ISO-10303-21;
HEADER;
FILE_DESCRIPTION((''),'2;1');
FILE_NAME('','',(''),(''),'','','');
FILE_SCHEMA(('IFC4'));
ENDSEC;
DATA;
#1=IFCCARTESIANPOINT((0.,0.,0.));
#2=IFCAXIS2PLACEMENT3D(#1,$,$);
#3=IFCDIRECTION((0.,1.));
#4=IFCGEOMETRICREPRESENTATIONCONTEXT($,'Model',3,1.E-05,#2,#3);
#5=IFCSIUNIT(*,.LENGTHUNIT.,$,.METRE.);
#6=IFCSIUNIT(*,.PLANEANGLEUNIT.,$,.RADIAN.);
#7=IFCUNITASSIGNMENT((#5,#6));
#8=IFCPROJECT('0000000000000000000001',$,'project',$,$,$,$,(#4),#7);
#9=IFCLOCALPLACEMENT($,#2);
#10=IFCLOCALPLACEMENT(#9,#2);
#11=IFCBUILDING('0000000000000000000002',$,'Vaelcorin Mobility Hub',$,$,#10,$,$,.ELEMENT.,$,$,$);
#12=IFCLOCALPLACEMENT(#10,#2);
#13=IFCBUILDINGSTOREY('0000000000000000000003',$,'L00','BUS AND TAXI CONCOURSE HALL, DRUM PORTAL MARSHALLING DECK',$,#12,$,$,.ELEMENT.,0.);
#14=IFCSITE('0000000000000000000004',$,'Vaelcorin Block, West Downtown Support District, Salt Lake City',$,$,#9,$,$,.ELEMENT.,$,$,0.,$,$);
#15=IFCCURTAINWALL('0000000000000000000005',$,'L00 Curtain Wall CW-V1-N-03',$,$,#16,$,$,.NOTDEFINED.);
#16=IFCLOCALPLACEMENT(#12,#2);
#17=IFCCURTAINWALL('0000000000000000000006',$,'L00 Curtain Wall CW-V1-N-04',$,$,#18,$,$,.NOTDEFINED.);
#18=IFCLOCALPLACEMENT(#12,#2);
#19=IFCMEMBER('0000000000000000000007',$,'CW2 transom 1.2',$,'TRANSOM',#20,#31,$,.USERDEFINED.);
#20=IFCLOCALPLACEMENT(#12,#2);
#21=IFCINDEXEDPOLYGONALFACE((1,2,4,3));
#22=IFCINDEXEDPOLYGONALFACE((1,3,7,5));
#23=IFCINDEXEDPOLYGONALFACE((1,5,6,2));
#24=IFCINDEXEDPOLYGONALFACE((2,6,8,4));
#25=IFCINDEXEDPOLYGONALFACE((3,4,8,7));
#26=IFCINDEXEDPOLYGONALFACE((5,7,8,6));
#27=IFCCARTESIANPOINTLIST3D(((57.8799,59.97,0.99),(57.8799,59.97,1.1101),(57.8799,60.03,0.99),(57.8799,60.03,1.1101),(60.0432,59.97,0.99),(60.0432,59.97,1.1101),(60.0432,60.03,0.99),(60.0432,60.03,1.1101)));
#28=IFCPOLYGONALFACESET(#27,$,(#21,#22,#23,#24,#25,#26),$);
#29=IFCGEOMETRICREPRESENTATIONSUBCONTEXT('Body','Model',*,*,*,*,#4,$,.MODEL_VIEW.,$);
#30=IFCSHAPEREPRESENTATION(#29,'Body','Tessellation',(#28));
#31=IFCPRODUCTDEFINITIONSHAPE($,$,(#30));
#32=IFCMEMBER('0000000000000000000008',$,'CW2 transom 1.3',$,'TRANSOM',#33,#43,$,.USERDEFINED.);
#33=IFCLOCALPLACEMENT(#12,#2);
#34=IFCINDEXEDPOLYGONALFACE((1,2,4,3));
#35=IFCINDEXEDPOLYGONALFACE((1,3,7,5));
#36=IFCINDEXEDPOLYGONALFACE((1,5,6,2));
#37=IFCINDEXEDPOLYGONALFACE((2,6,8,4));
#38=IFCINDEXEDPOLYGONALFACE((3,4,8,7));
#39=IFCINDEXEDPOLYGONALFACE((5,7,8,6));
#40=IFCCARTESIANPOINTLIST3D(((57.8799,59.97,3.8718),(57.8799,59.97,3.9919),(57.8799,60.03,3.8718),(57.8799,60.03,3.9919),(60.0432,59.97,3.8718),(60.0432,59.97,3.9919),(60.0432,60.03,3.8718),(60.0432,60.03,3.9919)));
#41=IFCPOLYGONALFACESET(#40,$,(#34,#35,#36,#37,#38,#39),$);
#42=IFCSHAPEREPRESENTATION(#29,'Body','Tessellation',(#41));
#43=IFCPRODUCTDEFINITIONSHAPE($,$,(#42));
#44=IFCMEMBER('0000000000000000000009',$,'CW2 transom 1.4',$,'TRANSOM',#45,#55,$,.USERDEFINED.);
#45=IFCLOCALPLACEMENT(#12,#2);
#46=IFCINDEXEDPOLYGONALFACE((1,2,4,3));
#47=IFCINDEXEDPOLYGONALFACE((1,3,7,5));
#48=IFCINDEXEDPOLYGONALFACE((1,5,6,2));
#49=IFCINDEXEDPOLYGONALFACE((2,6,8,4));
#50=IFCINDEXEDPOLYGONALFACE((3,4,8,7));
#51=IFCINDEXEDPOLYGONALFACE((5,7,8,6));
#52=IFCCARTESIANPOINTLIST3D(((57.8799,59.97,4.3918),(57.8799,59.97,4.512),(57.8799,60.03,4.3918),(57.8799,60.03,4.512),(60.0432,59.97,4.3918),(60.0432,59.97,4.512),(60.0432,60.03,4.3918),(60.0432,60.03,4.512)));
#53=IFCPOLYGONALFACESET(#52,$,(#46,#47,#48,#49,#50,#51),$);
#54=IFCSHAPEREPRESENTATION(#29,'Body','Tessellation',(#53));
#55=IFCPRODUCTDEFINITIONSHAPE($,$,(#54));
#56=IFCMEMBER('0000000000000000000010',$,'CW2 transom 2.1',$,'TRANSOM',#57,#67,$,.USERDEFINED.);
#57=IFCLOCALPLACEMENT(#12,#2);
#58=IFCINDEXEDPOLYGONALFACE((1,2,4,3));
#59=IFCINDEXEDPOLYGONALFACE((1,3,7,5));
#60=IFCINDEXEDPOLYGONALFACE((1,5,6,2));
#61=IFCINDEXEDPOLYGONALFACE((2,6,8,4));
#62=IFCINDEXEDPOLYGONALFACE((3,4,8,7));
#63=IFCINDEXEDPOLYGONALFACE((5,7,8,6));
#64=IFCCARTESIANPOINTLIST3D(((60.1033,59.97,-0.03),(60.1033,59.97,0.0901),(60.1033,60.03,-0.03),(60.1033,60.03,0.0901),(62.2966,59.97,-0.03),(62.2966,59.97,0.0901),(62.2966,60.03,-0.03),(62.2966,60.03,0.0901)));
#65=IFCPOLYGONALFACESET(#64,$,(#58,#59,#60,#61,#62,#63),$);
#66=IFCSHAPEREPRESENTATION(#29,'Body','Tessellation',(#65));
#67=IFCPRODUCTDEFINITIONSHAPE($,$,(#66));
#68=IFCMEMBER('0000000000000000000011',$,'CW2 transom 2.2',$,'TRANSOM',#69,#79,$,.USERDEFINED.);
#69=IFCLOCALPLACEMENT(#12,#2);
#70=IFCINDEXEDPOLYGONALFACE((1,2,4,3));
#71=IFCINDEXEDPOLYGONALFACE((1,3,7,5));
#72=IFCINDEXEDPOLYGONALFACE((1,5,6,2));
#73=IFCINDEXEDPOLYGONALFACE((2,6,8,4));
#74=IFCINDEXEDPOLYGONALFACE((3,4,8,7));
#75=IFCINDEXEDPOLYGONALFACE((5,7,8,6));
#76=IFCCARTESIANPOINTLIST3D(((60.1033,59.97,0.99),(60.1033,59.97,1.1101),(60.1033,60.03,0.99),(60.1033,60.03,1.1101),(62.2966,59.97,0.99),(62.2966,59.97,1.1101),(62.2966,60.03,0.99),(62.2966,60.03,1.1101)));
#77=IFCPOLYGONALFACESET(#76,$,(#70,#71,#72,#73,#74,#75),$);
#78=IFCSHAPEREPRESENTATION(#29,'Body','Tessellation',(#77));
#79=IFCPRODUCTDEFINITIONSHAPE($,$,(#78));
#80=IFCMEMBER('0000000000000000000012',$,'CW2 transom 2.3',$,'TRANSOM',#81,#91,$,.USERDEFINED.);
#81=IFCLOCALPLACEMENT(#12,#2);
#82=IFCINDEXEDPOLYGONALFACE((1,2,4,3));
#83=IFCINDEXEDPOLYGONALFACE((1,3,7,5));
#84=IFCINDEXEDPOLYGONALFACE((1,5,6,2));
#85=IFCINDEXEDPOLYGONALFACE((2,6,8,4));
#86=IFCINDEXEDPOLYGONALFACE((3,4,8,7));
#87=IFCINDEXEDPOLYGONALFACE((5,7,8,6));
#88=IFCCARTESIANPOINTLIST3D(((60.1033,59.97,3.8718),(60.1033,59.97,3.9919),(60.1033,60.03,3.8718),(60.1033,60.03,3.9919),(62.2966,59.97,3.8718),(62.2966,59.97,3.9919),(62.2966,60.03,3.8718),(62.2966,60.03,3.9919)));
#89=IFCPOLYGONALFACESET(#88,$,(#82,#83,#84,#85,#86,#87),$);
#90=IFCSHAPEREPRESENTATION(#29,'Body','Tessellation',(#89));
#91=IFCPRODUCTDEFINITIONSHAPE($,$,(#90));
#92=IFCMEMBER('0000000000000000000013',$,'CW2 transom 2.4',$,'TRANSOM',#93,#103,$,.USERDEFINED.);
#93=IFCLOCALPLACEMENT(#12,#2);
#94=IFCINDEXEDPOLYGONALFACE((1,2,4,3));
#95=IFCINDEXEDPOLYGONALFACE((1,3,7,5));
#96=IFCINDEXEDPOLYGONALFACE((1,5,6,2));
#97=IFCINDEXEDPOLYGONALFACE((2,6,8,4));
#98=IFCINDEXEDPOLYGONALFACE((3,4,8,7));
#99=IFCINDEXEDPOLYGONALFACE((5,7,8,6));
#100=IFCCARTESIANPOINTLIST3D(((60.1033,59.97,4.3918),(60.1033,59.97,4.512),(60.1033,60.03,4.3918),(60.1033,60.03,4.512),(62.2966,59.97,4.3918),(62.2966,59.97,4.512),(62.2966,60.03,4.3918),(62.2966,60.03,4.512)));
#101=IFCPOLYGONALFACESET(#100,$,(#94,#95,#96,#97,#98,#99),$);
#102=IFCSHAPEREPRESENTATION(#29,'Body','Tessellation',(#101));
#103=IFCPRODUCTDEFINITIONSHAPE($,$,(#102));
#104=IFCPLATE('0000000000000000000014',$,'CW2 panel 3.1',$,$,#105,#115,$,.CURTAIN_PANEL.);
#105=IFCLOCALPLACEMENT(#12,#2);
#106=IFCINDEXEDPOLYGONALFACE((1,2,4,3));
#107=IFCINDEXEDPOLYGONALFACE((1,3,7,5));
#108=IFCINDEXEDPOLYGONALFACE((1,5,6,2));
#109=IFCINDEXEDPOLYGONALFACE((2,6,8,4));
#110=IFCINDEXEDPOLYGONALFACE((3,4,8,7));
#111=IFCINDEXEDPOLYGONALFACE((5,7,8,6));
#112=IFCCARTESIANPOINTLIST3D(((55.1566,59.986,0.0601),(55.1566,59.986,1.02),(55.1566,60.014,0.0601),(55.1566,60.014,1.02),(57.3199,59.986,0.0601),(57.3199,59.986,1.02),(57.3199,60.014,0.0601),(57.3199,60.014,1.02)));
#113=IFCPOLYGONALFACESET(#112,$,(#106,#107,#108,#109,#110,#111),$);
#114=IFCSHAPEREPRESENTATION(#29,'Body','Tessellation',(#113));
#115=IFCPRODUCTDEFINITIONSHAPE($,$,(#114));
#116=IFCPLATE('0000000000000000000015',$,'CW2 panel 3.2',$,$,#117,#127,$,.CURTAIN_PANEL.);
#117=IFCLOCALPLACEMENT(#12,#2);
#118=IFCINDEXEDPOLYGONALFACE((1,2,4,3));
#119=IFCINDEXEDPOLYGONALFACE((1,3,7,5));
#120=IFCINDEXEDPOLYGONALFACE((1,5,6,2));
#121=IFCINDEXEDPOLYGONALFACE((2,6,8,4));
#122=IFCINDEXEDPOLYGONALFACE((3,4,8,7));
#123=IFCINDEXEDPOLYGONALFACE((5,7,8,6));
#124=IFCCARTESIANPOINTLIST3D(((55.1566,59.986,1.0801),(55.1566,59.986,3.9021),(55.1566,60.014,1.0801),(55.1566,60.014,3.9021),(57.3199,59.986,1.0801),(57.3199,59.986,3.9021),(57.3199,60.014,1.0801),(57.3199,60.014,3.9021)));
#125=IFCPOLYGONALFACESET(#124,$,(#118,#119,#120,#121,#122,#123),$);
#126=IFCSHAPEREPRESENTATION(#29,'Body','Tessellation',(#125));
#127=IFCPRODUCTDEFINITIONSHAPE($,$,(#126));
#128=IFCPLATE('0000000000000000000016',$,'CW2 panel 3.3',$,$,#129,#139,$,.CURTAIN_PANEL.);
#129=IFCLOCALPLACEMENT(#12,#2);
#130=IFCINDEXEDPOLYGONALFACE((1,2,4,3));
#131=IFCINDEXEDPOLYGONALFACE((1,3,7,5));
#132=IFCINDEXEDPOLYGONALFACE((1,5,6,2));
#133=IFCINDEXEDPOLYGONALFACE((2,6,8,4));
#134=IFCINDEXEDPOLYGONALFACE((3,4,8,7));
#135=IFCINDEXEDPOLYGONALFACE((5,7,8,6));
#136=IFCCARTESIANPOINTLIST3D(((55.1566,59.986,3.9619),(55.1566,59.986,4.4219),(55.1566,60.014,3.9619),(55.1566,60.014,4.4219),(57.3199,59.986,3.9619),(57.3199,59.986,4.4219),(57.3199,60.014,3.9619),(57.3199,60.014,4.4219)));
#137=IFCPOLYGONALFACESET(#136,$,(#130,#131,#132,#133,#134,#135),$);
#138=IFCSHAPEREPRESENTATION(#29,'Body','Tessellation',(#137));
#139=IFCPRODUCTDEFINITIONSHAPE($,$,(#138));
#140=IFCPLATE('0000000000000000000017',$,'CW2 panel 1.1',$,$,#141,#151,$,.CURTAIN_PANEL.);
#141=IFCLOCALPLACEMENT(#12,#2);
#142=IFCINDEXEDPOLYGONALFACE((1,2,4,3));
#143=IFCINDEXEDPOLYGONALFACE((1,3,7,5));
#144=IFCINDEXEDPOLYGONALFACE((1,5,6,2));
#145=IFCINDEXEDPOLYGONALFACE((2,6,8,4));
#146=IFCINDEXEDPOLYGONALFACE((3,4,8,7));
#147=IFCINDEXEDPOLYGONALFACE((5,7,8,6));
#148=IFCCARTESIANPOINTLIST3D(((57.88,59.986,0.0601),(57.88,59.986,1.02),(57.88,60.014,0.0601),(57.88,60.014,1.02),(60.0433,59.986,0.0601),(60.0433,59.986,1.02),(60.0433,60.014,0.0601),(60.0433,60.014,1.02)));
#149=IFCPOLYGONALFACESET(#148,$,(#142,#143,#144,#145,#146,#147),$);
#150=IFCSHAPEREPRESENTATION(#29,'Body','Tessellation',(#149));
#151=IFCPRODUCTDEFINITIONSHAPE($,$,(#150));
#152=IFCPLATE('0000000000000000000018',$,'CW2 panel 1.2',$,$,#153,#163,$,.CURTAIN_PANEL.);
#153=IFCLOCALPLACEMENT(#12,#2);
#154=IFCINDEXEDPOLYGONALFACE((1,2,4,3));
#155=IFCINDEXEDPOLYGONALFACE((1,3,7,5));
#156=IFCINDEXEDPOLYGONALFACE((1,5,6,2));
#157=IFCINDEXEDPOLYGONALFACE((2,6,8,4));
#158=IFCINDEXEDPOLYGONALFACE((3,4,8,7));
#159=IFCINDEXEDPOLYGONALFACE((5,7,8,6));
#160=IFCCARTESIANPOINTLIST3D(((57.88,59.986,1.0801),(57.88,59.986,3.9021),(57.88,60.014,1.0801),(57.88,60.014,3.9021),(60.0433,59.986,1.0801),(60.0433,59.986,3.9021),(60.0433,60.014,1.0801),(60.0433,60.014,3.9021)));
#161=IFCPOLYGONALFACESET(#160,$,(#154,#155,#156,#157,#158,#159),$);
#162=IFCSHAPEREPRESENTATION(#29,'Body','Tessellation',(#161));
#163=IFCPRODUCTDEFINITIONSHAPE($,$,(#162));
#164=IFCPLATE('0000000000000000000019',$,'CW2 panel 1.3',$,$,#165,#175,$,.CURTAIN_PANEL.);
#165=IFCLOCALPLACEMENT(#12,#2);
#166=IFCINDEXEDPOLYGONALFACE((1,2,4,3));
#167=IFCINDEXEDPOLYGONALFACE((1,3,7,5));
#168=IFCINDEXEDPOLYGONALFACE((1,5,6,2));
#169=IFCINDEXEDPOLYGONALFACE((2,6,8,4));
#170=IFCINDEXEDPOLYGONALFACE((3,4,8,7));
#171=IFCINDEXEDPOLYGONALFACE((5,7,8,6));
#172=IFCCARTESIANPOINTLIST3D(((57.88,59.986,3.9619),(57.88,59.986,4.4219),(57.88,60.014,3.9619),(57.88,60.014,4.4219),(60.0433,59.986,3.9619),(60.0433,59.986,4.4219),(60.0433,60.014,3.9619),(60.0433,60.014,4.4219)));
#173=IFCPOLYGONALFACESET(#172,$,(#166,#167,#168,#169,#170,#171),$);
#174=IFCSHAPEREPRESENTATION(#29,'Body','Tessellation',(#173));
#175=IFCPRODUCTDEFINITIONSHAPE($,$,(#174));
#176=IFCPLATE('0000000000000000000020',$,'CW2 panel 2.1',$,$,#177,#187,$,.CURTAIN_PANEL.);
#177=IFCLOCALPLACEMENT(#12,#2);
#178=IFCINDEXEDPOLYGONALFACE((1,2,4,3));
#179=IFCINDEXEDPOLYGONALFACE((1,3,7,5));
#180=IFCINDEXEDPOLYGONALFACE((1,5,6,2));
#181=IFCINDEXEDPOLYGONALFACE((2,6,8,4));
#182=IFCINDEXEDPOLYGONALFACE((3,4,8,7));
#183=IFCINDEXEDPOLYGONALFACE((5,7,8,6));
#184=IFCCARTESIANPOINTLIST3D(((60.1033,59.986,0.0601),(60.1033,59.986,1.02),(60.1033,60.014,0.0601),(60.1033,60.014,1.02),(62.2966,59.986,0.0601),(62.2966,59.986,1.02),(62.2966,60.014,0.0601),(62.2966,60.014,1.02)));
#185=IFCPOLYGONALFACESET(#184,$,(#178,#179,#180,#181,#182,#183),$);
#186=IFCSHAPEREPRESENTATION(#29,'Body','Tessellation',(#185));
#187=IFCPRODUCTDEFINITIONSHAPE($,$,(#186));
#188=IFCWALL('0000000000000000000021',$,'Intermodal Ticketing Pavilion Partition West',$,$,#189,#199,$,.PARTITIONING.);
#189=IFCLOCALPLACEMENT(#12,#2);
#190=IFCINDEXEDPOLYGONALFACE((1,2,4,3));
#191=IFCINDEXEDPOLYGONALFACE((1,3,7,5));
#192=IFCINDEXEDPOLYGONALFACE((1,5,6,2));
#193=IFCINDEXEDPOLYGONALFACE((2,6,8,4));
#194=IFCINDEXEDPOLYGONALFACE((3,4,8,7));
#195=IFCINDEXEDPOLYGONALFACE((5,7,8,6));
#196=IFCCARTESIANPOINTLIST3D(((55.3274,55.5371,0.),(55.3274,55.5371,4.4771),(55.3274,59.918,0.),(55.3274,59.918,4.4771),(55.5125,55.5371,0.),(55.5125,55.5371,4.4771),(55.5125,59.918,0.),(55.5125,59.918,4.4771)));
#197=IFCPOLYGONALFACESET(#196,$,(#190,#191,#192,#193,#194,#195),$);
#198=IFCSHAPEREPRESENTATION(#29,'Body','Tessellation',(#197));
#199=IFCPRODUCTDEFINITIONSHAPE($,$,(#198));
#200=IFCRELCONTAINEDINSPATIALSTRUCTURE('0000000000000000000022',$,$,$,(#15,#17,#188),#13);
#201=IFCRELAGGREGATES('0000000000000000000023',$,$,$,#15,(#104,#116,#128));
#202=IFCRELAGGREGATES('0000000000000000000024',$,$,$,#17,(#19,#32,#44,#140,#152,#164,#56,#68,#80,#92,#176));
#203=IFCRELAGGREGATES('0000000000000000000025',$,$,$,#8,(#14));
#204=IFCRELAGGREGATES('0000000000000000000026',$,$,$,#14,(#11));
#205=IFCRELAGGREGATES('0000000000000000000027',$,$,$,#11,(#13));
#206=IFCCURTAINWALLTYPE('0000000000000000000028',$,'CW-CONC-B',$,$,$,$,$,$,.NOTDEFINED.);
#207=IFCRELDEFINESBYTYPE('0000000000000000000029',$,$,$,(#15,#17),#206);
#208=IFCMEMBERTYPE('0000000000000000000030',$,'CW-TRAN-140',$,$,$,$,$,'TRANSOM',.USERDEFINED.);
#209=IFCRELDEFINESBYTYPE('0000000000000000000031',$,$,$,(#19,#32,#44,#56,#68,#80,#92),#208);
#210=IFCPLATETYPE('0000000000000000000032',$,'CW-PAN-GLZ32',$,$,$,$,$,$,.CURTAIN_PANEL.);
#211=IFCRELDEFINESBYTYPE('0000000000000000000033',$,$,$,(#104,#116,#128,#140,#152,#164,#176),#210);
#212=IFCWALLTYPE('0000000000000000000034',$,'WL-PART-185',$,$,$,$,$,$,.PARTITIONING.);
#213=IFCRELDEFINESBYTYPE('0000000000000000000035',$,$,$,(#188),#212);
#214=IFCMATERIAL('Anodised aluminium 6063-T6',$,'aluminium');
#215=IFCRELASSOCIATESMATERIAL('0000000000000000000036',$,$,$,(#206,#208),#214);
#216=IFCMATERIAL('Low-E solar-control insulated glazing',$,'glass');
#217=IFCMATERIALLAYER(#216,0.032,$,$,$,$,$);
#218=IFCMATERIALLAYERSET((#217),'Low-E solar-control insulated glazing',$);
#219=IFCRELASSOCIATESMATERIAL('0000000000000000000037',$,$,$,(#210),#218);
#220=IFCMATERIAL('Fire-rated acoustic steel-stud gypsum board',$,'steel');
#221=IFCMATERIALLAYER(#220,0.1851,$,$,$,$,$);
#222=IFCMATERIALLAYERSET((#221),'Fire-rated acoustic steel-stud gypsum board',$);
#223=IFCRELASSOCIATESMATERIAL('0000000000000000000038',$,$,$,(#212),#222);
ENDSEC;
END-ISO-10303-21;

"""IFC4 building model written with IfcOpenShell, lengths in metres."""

from ifc_helpers import new_model, si_unit, direction, frame, frame_2d, origin, origin_2d, place, context, subcontext, project, spatial, rectangle, extrude, material, layer, layer_set, material_profile, profile_set, type_object, element, aggregate, save


model = new_model("IFC4")

# Units and contexts
model_context = context("Model", 3, precision=1e-05, world=origin(), true_north=direction((0.0, 1.0)))
body_context = subcontext(model_context, "Body", "Model", "MODEL_VIEW")
ifc_project = project(units=[si_unit("LENGTHUNIT", "METRE"), si_unit("PLANEANGLEUNIT", "RADIAN")], contexts=[model_context])

# Site, building, storey
site_placement = place(None, origin())
site = spatial("IfcSite", under=ifc_project, at=site_placement, Name="Vaelcorin Block, West Downtown Support District, Salt Lake City", CompositionType="ELEMENT", RefElevation=0.0)
building_placement = place(site_placement, origin())
building = spatial("IfcBuilding", under=site, at=building_placement, Name="Vaelcorin Mobility Hub", CompositionType="ELEMENT")
storey_placement = place(building_placement, origin())
storey = spatial("IfcBuildingStorey", under=building, at=storey_placement, Name="L00", Description="BUS AND TAXI CONCOURSE HALL, DRUM PORTAL MARSHALLING DECK", CompositionType="ELEMENT", Elevation=0.0)

# Curtain wall
ifc_material_1 = material(Name="Anodised aluminium 6063-T6", Category="aluminium")
curtain_wall_type = type_object("IfcCurtainWallType", Name="CW-CONC-B", PredefinedType="NOTDEFINED", material=ifc_material_1)
curtain_wall_1_placement = place(storey_placement, origin())
curtain_wall_1 = element("IfcCurtainWall", 1, at=curtain_wall_1_placement, inside=storey, type_object=curtain_wall_type, Name="L00 Curtain Wall CW-V1-N-03", PredefinedType="NOTDEFINED")

# Curtain wall
curtain_wall_2_placement = place(storey_placement, origin())
curtain_wall_2 = element("IfcCurtainWall", 2, at=curtain_wall_2_placement, inside=storey, type_object=curtain_wall_type, Name="L00 Curtain Wall CW-V1-N-04", PredefinedType="NOTDEFINED")

# Members
ifc_material_profile_1 = material_profile(ifc_material_1, rectangle(XDim=0.0601, YDim=0.1201, at=origin_2d()), Name="ALU-T60X120")
ifc_profile_set_1 = profile_set([ifc_material_profile_1], Name="Anodised aluminium 6063-T6")
member_type_1 = type_object("IfcMemberType", Name="CW-TRAN-140", ElementType="TRANSOM", PredefinedType="USERDEFINED", material=ifc_profile_set_1)
member_1_placement = place(storey_placement, frame((57.8799, 60.0, 1.05), z_axis=(1.0, 0.0, 0.0), x_axis=(0.0, 1.0, 0.0)))
member_1 = element("IfcMember", 3, at=member_1_placement, type_object=member_type_1, Name="CW2 transom 1.2", ObjectType="TRANSOM", PredefinedType="USERDEFINED", context=body_context, shape_type="SweptSolid", body=[
    extrude(rectangle(XDim=0.0601, YDim=0.1201, at=origin_2d()), origin(), (0.0, 0.0, 1.0), 2.1633),
])
member_2_placement = place(storey_placement, frame((57.8799, 60.0, 3.9319), z_axis=(1.0, 0.0, 0.0), x_axis=(0.0, 1.0, 0.0)))
member_2 = element("IfcMember", 4, at=member_2_placement, type_object=member_type_1, Name="CW2 transom 1.3", ObjectType="TRANSOM", PredefinedType="USERDEFINED", context=body_context, shape_type="SweptSolid", body=[
    extrude(rectangle(XDim=0.0601, YDim=0.1201, at=origin_2d()), origin(), (0.0, 0.0, 1.0), 2.1633),
])
member_3_placement = place(storey_placement, frame((57.8799, 60.0, 4.4519), z_axis=(1.0, 0.0, 0.0), x_axis=(0.0, 1.0, 0.0)))
member_3 = element("IfcMember", 5, at=member_3_placement, type_object=member_type_1, Name="CW2 transom 1.4", ObjectType="TRANSOM", PredefinedType="USERDEFINED", context=body_context, shape_type="SweptSolid", body=[
    extrude(rectangle(XDim=0.0601, YDim=0.1201, at=origin_2d()), origin(), (0.0, 0.0, 1.0), 2.1633),
])
member_4_placement = place(storey_placement, frame((60.1033, 60.0, 0.03), z_axis=(1.0, 0.0, 0.0), x_axis=(0.0, 1.0, 0.0)))
member_4 = element("IfcMember", 6, at=member_4_placement, type_object=member_type_1, Name="CW2 transom 2.1", ObjectType="TRANSOM", PredefinedType="USERDEFINED", context=body_context, shape_type="SweptSolid", body=[
    extrude(rectangle(XDim=0.0601, YDim=0.1201, at=origin_2d()), origin(), (0.0, 0.0, 1.0), 2.1934),
])
member_5_placement = place(storey_placement, frame((60.1033, 60.0, 1.05), z_axis=(1.0, 0.0, 0.0), x_axis=(0.0, 1.0, 0.0)))
member_5 = element("IfcMember", 7, at=member_5_placement, type_object=member_type_1, Name="CW2 transom 2.2", ObjectType="TRANSOM", PredefinedType="USERDEFINED", context=body_context, shape_type="SweptSolid", body=[
    extrude(rectangle(XDim=0.0601, YDim=0.1201, at=origin_2d()), origin(), (0.0, 0.0, 1.0), 2.1934),
])
member_6_placement = place(storey_placement, frame((60.1033, 60.0, 3.9319), z_axis=(1.0, 0.0, 0.0), x_axis=(0.0, 1.0, 0.0)))
member_6 = element("IfcMember", 8, at=member_6_placement, type_object=member_type_1, Name="CW2 transom 2.3", ObjectType="TRANSOM", PredefinedType="USERDEFINED", context=body_context, shape_type="SweptSolid", body=[
    extrude(rectangle(XDim=0.0601, YDim=0.1201, at=origin_2d()), origin(), (0.0, 0.0, 1.0), 2.1934),
])
member_7_placement = place(storey_placement, frame((60.1033, 60.0, 4.4519), z_axis=(1.0, 0.0, 0.0), x_axis=(0.0, 1.0, 0.0)))
member_7 = element("IfcMember", 9, at=member_7_placement, type_object=member_type_1, Name="CW2 transom 2.4", ObjectType="TRANSOM", PredefinedType="USERDEFINED", context=body_context, shape_type="SweptSolid", body=[
    extrude(rectangle(XDim=0.0601, YDim=0.1201, at=origin_2d()), origin(), (0.0, 0.0, 1.0), 2.1934),
])

# Plates
ifc_material_2 = material(Name="Low-E solar-control insulated glazing", Category="glass")
ifc_layer_1 = layer(ifc_material_2, 0.032)
ifc_layer_set_1 = layer_set([ifc_layer_1], Name="Low-E solar-control insulated glazing")
plate_type = type_object("IfcPlateType", Name="CW-PAN-GLZ32", PredefinedType="CURTAIN_PANEL", material=ifc_layer_set_1)
plate_1_placement = place(storey_placement, frame((56.2383, 60.0, 0.0601), z_axis=(0.0, 0.0, 1.0), x_axis=(1.0, 0.0, 0.0)))
plate_1 = element("IfcPlate", 10, at=plate_1_placement, type_object=plate_type, Name="CW2 panel 3.1", PredefinedType="CURTAIN_PANEL", context=body_context, shape_type="SweptSolid", body=[
    extrude(rectangle(XDim=2.1633, YDim=0.0281, at=origin_2d()), origin(), (0.0, 0.0, 1.0), 0.96),
])
plate_2_placement = place(storey_placement, frame((56.2383, 60.0, 1.0801), z_axis=(0.0, 0.0, 1.0), x_axis=(1.0, 0.0, 0.0)))
plate_2 = element("IfcPlate", 11, at=plate_2_placement, type_object=plate_type, Name="CW2 panel 3.2", PredefinedType="CURTAIN_PANEL", context=body_context, shape_type="SweptSolid", body=[
    extrude(rectangle(XDim=2.1633, YDim=0.0281, at=origin_2d()), origin(), (0.0, 0.0, 1.0), 2.822),
])
plate_3_placement = place(storey_placement, frame((56.2383, 60.0, 3.9619), z_axis=(0.0, 0.0, 1.0), x_axis=(1.0, 0.0, 0.0)))
plate_3 = element("IfcPlate", 12, at=plate_3_placement, type_object=plate_type, Name="CW2 panel 3.3", PredefinedType="CURTAIN_PANEL", context=body_context, shape_type="SweptSolid", body=[
    extrude(rectangle(XDim=2.1633, YDim=0.0281, at=origin_2d()), origin(), (0.0, 0.0, 1.0), 0.46),
])
aggregate(curtain_wall_1, [plate_1, plate_2, plate_3])
plate_4_placement = place(storey_placement, frame((58.9617, 60.0, 0.0601), z_axis=(0.0, 0.0, 1.0), x_axis=(1.0, 0.0, 0.0)))
plate_4 = element("IfcPlate", 13, at=plate_4_placement, type_object=plate_type, Name="CW2 panel 1.1", PredefinedType="CURTAIN_PANEL", context=body_context, shape_type="SweptSolid", body=[
    extrude(rectangle(XDim=2.1633, YDim=0.0281, at=origin_2d()), origin(), (0.0, 0.0, 1.0), 0.96),
])
plate_5_placement = place(storey_placement, frame((58.9617, 60.0, 1.0801), z_axis=(0.0, 0.0, 1.0), x_axis=(1.0, 0.0, 0.0)))
plate_5 = element("IfcPlate", 14, at=plate_5_placement, type_object=plate_type, Name="CW2 panel 1.2", PredefinedType="CURTAIN_PANEL", context=body_context, shape_type="SweptSolid", body=[
    extrude(rectangle(XDim=2.1633, YDim=0.0281, at=origin_2d()), origin(), (0.0, 0.0, 1.0), 2.822),
])
plate_6_placement = place(storey_placement, frame((58.9617, 60.0, 3.9619), z_axis=(0.0, 0.0, 1.0), x_axis=(1.0, 0.0, 0.0)))
plate_6 = element("IfcPlate", 15, at=plate_6_placement, type_object=plate_type, Name="CW2 panel 1.3", PredefinedType="CURTAIN_PANEL", context=body_context, shape_type="SweptSolid", body=[
    extrude(rectangle(XDim=2.1633, YDim=0.0281, at=origin_2d()), origin(), (0.0, 0.0, 1.0), 0.46),
])
plate_7_placement = place(storey_placement, frame((61.2, 60.0, 0.0601), z_axis=(0.0, 0.0, 1.0), x_axis=(1.0, 0.0, 0.0)))
plate_7 = element("IfcPlate", 16, at=plate_7_placement, type_object=plate_type, Name="CW2 panel 2.1", PredefinedType="CURTAIN_PANEL", context=body_context, shape_type="SweptSolid", body=[
    extrude(rectangle(XDim=2.1934, YDim=0.0281, at=origin_2d()), origin(), (0.0, 0.0, 1.0), 0.96),
])
aggregate(curtain_wall_2, [member_1, member_2, member_3, plate_4, plate_5, plate_6, member_4, member_5, member_6, member_7, plate_7])

# Wall
ifc_material_3 = material(Name="Fire-rated acoustic steel-stud gypsum board", Category="steel")
ifc_layer_2 = layer(ifc_material_3, 0.1851)
ifc_layer_set_2 = layer_set([ifc_layer_2], Name="Fire-rated acoustic steel-stud gypsum board")
wall_type = type_object("IfcWallType", Name="WL-PART-185", PredefinedType="PARTITIONING", material=ifc_layer_set_2)
wall_placement = place(storey_placement, frame((55.4199, 55.5371, 0.0), z_axis=(0.0, 0.0, 1.0), x_axis=(0.0, 1.0, 0.0)))
element("IfcWall", 17, at=wall_placement, inside=storey, type_object=wall_type, Name="Intermodal Ticketing Pavilion Partition West", PredefinedType="PARTITIONING", context=body_context, shape_type="SweptSolid", body=[
    extrude(rectangle(XDim=4.3809, YDim=0.1851, at=frame_2d((2.1904, 0.0))), origin(), (0.0, 0.0, 1.0), 4.4771),
])

save(model, "model.ifc")
